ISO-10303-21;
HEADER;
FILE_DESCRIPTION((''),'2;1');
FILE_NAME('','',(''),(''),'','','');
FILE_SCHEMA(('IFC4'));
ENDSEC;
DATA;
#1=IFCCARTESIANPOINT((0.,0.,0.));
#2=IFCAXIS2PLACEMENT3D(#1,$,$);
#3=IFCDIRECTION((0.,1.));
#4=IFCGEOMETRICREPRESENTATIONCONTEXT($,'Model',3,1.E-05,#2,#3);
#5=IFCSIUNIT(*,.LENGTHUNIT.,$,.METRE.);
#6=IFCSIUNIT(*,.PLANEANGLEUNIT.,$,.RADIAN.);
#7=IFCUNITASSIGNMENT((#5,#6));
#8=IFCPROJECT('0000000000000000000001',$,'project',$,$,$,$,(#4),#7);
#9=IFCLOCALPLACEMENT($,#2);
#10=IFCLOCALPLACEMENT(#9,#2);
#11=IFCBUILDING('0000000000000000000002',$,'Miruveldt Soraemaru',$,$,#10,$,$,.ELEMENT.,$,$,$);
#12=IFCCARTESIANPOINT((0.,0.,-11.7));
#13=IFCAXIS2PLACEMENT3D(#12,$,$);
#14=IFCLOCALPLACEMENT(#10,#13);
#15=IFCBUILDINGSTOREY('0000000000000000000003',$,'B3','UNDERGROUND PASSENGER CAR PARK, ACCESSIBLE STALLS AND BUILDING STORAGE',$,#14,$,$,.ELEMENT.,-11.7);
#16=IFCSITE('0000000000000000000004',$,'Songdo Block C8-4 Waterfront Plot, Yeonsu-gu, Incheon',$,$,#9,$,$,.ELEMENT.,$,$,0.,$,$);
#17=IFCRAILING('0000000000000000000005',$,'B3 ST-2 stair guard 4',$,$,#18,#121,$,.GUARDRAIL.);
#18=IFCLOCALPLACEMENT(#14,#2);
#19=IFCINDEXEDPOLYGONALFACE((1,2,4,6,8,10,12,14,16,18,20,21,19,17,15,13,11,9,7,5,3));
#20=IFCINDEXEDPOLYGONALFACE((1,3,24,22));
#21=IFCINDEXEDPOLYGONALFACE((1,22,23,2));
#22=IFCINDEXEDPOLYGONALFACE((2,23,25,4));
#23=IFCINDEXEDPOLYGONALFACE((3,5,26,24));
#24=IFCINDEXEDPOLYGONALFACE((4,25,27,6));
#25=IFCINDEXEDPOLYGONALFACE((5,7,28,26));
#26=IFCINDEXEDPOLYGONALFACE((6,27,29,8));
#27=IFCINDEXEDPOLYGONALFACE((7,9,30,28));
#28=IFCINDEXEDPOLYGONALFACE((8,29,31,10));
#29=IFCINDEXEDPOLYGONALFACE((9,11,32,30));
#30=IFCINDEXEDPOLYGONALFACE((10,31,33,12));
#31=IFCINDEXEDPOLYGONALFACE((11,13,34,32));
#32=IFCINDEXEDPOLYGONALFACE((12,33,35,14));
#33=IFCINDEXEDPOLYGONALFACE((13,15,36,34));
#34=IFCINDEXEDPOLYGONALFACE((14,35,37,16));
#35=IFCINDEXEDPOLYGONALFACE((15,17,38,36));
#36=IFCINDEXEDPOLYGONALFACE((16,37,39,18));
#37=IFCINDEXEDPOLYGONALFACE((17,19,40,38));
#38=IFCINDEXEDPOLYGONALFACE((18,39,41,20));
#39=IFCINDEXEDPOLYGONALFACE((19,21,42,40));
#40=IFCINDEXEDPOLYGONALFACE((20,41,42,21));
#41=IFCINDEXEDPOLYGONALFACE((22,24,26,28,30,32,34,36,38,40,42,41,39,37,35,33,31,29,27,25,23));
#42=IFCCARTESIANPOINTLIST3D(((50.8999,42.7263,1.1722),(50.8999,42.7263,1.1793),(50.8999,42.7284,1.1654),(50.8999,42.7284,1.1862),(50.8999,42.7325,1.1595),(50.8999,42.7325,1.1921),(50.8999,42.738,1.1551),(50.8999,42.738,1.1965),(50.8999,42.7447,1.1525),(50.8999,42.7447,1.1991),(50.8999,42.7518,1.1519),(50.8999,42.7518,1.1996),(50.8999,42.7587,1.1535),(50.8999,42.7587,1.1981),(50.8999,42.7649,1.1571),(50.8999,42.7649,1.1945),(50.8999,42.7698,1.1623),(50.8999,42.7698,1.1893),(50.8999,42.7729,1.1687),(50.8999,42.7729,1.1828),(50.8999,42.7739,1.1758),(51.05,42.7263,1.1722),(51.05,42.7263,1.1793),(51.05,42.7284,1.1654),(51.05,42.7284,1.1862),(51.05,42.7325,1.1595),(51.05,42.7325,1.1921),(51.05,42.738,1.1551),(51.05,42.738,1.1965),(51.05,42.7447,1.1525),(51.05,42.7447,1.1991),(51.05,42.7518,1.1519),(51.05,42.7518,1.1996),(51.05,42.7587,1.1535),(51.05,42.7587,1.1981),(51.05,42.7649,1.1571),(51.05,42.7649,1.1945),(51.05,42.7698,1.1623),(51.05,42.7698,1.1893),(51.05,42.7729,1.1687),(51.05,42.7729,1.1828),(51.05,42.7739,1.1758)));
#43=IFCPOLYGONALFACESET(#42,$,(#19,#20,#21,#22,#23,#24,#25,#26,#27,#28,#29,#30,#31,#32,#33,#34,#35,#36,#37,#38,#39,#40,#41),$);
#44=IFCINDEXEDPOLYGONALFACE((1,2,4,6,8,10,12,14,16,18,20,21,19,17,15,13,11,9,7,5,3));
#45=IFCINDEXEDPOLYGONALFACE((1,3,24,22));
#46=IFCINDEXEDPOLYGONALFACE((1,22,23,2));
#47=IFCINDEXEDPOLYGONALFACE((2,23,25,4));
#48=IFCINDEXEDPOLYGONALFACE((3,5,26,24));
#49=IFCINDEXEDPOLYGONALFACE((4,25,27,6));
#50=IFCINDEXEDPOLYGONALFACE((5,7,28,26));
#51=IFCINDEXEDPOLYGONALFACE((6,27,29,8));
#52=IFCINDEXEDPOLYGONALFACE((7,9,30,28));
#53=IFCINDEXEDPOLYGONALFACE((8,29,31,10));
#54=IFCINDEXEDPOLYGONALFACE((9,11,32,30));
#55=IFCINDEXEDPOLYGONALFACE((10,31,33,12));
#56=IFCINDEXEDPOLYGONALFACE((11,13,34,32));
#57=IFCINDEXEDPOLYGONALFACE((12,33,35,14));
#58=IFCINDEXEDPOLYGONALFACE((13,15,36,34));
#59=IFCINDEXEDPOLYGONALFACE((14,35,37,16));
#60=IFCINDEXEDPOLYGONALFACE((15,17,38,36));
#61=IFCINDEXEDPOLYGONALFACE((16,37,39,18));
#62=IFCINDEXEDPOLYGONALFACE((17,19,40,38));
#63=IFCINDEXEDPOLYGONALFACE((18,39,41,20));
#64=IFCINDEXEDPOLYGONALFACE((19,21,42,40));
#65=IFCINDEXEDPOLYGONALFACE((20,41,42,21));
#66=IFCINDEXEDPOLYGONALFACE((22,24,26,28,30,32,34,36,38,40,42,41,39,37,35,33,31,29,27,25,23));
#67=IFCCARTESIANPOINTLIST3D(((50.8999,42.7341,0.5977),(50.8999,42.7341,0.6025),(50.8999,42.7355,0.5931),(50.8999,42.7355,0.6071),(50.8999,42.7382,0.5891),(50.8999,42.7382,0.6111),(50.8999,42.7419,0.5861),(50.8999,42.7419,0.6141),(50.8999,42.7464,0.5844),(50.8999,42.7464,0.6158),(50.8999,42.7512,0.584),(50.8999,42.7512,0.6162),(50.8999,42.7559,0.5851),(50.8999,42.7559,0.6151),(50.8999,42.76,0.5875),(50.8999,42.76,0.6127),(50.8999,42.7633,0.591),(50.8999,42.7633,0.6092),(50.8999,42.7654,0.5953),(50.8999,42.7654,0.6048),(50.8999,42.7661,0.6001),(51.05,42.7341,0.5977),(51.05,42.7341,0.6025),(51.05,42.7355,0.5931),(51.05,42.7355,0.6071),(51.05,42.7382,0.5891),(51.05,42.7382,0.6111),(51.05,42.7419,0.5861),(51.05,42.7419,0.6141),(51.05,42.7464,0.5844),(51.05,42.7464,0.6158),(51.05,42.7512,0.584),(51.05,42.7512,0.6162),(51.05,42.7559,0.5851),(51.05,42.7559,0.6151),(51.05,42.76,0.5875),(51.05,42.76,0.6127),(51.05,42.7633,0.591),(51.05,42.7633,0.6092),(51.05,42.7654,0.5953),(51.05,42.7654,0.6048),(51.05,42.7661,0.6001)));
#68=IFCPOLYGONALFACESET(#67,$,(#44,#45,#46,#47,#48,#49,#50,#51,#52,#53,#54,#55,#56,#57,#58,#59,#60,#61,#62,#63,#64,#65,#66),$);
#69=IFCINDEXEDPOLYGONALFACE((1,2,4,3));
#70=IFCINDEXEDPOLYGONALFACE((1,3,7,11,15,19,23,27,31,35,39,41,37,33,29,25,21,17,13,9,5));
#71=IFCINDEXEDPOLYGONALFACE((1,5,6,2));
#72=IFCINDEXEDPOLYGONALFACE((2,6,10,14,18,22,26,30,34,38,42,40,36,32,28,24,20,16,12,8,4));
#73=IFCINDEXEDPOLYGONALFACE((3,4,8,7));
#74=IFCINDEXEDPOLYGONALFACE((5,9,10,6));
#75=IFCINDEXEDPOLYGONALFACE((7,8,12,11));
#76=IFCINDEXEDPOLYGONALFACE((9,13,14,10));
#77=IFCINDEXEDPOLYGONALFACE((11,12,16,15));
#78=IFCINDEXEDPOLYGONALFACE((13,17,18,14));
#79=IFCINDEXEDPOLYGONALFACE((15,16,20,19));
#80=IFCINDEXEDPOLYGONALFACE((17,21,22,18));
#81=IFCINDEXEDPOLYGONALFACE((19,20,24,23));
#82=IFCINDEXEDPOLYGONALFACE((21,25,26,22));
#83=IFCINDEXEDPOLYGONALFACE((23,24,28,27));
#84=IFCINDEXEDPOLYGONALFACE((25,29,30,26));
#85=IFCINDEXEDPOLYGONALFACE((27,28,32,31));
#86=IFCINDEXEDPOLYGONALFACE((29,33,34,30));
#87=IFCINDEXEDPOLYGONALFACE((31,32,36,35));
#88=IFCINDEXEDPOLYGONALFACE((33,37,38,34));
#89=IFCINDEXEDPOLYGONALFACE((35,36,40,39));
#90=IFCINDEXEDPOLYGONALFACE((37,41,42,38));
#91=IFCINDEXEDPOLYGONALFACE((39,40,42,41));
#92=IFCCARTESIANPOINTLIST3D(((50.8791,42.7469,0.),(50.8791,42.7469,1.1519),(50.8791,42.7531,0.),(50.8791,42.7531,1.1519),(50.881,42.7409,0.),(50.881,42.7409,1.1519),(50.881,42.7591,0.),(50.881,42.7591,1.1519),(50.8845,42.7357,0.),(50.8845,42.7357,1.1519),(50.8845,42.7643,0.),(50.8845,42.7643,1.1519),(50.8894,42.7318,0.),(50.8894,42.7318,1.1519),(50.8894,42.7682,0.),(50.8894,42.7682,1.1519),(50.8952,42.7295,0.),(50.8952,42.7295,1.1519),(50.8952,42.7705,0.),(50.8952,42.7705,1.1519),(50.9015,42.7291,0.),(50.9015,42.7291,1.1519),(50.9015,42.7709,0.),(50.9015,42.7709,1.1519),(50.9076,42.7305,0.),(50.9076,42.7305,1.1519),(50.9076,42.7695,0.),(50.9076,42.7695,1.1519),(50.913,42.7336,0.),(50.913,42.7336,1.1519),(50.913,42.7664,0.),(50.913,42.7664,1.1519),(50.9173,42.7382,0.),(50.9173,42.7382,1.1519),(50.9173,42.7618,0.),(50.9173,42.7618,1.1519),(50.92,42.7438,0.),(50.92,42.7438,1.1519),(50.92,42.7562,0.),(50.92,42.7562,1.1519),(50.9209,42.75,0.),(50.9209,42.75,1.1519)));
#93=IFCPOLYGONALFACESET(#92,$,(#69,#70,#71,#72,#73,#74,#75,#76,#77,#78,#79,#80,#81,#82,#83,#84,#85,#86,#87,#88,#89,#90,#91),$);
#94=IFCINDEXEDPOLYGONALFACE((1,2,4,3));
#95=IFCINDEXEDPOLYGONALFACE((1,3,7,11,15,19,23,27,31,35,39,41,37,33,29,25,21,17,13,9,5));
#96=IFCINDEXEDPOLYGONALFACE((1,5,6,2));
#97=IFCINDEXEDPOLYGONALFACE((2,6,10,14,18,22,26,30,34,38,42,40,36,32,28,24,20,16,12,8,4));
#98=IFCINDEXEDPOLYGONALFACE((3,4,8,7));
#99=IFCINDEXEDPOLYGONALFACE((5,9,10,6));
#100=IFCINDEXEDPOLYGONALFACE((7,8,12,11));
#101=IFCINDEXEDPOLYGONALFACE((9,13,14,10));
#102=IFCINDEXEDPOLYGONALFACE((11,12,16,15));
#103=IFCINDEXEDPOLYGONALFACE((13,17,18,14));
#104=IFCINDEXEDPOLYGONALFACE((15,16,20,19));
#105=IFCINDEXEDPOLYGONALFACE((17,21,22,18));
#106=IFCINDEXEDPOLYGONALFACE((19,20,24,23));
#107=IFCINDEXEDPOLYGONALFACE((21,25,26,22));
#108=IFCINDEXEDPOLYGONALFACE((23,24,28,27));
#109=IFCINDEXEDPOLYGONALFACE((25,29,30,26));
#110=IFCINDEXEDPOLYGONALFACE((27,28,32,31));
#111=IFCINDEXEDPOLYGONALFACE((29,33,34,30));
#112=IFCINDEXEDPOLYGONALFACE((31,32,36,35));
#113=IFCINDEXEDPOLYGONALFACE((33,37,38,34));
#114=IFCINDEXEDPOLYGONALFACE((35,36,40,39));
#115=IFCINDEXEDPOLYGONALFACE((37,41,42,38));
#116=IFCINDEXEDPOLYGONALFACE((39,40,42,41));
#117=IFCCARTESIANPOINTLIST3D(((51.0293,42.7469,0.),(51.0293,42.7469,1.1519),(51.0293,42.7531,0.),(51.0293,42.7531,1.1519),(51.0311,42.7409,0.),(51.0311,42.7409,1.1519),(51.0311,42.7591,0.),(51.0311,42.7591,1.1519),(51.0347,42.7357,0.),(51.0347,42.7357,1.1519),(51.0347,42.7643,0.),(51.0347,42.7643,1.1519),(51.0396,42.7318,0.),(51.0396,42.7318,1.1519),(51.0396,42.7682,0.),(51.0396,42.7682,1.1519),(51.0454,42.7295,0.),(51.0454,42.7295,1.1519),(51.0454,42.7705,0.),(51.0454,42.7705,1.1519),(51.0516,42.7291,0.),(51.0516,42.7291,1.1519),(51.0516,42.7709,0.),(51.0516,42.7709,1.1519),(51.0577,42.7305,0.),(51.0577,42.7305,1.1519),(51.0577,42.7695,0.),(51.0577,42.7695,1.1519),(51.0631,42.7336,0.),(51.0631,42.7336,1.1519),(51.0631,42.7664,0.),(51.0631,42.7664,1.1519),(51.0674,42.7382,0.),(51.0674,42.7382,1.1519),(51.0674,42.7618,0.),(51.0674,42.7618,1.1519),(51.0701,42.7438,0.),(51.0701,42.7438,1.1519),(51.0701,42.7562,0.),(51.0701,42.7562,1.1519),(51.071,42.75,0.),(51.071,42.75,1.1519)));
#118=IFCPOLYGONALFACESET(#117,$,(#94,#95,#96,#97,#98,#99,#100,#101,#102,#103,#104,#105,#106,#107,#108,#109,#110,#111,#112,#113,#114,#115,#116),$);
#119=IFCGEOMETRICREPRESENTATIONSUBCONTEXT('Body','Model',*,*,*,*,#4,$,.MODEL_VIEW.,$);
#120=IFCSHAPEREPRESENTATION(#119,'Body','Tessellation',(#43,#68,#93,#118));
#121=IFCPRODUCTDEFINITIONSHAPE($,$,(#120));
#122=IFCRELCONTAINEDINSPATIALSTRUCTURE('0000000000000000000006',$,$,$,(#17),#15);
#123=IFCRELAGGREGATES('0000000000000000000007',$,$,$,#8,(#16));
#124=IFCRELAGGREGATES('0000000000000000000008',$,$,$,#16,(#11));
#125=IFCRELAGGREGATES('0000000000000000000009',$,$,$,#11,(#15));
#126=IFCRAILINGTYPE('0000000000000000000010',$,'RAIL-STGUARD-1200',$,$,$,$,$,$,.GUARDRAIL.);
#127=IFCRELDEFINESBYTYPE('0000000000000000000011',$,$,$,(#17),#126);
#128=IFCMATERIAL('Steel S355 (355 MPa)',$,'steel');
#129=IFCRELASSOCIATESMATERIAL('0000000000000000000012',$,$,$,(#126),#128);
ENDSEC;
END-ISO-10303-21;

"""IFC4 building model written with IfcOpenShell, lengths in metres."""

from ifc_helpers import new_model, si_unit, direction, frame, origin, origin_2d, place, context, subcontext, project, spatial, circle, extrude, material, type_object, element, save


model = new_model("IFC4")

# Units and contexts
model_context = context("Model", 3, precision=1e-05, world=origin(), true_north=direction((0.0, 1.0)))
body_context = subcontext(model_context, "Body", "Model", "MODEL_VIEW")
ifc_project = project(units=[si_unit("LENGTHUNIT", "METRE"), si_unit("PLANEANGLEUNIT", "RADIAN")], contexts=[model_context])

# Site, building, storey
site_placement = place(None, origin())
site = spatial("IfcSite", under=ifc_project, at=site_placement, Name="Songdo Block C8-4 Waterfront Plot, Yeonsu-gu, Incheon", CompositionType="ELEMENT", RefElevation=0.0)
building_placement = place(site_placement, origin())
building = spatial("IfcBuilding", under=site, at=building_placement, Name="Miruveldt Soraemaru", CompositionType="ELEMENT")
storey_placement = place(building_placement, frame((0.0, 0.0, -11.7)))
storey = spatial("IfcBuildingStorey", under=building, at=storey_placement, Name="B3", Description="UNDERGROUND PASSENGER CAR PARK, ACCESSIBLE STALLS AND BUILDING STORAGE", CompositionType="ELEMENT", Elevation=-11.7)

# Shared definitions
ifc_material_1 = material(Name="Steel S355 (355 MPa)", Category="steel")

# Railing
railing_type_1 = type_object("IfcRailingType", Name="RAIL-STGUARD-1200", PredefinedType="GUARDRAIL", material=ifc_material_1)
railing_1_placement = place(storey_placement, frame((50.8999, 42.75, 0.0)))
element("IfcRailing", 1, at=railing_1_placement, inside=storey, type_object=railing_type_1, Name="B3 ST-2 stair guard 4", PredefinedType="GUARDRAIL", context=body_context, shape_type="SweptSolid", body=[
    extrude(circle(Radius=0.0239, at=origin_2d()), frame((0.0, 0.0, 1.1758), z_axis=(1.0, 0.0, 0.0), x_axis=(0.0, 1.0, 0.0)), (0.0, 0.0, 1.0), 0.1501),
    extrude(circle(Radius=0.0161, at=origin_2d()), frame((0.0, 0.0, 0.6001), z_axis=(1.0, 0.0, 0.0), x_axis=(0.0, 1.0, 0.0)), (0.0, 0.0, 1.0), 0.1501),
    extrude(circle(Radius=0.021, at=origin_2d()), origin(), (0.0, 0.0, 1.0), 1.1519),
    extrude(circle(Radius=0.021, at=origin_2d()), frame((0.1501, 0.0, 0.0)), (0.0, 0.0, 1.0), 1.1519),
])

save(model, "model.ifc")
